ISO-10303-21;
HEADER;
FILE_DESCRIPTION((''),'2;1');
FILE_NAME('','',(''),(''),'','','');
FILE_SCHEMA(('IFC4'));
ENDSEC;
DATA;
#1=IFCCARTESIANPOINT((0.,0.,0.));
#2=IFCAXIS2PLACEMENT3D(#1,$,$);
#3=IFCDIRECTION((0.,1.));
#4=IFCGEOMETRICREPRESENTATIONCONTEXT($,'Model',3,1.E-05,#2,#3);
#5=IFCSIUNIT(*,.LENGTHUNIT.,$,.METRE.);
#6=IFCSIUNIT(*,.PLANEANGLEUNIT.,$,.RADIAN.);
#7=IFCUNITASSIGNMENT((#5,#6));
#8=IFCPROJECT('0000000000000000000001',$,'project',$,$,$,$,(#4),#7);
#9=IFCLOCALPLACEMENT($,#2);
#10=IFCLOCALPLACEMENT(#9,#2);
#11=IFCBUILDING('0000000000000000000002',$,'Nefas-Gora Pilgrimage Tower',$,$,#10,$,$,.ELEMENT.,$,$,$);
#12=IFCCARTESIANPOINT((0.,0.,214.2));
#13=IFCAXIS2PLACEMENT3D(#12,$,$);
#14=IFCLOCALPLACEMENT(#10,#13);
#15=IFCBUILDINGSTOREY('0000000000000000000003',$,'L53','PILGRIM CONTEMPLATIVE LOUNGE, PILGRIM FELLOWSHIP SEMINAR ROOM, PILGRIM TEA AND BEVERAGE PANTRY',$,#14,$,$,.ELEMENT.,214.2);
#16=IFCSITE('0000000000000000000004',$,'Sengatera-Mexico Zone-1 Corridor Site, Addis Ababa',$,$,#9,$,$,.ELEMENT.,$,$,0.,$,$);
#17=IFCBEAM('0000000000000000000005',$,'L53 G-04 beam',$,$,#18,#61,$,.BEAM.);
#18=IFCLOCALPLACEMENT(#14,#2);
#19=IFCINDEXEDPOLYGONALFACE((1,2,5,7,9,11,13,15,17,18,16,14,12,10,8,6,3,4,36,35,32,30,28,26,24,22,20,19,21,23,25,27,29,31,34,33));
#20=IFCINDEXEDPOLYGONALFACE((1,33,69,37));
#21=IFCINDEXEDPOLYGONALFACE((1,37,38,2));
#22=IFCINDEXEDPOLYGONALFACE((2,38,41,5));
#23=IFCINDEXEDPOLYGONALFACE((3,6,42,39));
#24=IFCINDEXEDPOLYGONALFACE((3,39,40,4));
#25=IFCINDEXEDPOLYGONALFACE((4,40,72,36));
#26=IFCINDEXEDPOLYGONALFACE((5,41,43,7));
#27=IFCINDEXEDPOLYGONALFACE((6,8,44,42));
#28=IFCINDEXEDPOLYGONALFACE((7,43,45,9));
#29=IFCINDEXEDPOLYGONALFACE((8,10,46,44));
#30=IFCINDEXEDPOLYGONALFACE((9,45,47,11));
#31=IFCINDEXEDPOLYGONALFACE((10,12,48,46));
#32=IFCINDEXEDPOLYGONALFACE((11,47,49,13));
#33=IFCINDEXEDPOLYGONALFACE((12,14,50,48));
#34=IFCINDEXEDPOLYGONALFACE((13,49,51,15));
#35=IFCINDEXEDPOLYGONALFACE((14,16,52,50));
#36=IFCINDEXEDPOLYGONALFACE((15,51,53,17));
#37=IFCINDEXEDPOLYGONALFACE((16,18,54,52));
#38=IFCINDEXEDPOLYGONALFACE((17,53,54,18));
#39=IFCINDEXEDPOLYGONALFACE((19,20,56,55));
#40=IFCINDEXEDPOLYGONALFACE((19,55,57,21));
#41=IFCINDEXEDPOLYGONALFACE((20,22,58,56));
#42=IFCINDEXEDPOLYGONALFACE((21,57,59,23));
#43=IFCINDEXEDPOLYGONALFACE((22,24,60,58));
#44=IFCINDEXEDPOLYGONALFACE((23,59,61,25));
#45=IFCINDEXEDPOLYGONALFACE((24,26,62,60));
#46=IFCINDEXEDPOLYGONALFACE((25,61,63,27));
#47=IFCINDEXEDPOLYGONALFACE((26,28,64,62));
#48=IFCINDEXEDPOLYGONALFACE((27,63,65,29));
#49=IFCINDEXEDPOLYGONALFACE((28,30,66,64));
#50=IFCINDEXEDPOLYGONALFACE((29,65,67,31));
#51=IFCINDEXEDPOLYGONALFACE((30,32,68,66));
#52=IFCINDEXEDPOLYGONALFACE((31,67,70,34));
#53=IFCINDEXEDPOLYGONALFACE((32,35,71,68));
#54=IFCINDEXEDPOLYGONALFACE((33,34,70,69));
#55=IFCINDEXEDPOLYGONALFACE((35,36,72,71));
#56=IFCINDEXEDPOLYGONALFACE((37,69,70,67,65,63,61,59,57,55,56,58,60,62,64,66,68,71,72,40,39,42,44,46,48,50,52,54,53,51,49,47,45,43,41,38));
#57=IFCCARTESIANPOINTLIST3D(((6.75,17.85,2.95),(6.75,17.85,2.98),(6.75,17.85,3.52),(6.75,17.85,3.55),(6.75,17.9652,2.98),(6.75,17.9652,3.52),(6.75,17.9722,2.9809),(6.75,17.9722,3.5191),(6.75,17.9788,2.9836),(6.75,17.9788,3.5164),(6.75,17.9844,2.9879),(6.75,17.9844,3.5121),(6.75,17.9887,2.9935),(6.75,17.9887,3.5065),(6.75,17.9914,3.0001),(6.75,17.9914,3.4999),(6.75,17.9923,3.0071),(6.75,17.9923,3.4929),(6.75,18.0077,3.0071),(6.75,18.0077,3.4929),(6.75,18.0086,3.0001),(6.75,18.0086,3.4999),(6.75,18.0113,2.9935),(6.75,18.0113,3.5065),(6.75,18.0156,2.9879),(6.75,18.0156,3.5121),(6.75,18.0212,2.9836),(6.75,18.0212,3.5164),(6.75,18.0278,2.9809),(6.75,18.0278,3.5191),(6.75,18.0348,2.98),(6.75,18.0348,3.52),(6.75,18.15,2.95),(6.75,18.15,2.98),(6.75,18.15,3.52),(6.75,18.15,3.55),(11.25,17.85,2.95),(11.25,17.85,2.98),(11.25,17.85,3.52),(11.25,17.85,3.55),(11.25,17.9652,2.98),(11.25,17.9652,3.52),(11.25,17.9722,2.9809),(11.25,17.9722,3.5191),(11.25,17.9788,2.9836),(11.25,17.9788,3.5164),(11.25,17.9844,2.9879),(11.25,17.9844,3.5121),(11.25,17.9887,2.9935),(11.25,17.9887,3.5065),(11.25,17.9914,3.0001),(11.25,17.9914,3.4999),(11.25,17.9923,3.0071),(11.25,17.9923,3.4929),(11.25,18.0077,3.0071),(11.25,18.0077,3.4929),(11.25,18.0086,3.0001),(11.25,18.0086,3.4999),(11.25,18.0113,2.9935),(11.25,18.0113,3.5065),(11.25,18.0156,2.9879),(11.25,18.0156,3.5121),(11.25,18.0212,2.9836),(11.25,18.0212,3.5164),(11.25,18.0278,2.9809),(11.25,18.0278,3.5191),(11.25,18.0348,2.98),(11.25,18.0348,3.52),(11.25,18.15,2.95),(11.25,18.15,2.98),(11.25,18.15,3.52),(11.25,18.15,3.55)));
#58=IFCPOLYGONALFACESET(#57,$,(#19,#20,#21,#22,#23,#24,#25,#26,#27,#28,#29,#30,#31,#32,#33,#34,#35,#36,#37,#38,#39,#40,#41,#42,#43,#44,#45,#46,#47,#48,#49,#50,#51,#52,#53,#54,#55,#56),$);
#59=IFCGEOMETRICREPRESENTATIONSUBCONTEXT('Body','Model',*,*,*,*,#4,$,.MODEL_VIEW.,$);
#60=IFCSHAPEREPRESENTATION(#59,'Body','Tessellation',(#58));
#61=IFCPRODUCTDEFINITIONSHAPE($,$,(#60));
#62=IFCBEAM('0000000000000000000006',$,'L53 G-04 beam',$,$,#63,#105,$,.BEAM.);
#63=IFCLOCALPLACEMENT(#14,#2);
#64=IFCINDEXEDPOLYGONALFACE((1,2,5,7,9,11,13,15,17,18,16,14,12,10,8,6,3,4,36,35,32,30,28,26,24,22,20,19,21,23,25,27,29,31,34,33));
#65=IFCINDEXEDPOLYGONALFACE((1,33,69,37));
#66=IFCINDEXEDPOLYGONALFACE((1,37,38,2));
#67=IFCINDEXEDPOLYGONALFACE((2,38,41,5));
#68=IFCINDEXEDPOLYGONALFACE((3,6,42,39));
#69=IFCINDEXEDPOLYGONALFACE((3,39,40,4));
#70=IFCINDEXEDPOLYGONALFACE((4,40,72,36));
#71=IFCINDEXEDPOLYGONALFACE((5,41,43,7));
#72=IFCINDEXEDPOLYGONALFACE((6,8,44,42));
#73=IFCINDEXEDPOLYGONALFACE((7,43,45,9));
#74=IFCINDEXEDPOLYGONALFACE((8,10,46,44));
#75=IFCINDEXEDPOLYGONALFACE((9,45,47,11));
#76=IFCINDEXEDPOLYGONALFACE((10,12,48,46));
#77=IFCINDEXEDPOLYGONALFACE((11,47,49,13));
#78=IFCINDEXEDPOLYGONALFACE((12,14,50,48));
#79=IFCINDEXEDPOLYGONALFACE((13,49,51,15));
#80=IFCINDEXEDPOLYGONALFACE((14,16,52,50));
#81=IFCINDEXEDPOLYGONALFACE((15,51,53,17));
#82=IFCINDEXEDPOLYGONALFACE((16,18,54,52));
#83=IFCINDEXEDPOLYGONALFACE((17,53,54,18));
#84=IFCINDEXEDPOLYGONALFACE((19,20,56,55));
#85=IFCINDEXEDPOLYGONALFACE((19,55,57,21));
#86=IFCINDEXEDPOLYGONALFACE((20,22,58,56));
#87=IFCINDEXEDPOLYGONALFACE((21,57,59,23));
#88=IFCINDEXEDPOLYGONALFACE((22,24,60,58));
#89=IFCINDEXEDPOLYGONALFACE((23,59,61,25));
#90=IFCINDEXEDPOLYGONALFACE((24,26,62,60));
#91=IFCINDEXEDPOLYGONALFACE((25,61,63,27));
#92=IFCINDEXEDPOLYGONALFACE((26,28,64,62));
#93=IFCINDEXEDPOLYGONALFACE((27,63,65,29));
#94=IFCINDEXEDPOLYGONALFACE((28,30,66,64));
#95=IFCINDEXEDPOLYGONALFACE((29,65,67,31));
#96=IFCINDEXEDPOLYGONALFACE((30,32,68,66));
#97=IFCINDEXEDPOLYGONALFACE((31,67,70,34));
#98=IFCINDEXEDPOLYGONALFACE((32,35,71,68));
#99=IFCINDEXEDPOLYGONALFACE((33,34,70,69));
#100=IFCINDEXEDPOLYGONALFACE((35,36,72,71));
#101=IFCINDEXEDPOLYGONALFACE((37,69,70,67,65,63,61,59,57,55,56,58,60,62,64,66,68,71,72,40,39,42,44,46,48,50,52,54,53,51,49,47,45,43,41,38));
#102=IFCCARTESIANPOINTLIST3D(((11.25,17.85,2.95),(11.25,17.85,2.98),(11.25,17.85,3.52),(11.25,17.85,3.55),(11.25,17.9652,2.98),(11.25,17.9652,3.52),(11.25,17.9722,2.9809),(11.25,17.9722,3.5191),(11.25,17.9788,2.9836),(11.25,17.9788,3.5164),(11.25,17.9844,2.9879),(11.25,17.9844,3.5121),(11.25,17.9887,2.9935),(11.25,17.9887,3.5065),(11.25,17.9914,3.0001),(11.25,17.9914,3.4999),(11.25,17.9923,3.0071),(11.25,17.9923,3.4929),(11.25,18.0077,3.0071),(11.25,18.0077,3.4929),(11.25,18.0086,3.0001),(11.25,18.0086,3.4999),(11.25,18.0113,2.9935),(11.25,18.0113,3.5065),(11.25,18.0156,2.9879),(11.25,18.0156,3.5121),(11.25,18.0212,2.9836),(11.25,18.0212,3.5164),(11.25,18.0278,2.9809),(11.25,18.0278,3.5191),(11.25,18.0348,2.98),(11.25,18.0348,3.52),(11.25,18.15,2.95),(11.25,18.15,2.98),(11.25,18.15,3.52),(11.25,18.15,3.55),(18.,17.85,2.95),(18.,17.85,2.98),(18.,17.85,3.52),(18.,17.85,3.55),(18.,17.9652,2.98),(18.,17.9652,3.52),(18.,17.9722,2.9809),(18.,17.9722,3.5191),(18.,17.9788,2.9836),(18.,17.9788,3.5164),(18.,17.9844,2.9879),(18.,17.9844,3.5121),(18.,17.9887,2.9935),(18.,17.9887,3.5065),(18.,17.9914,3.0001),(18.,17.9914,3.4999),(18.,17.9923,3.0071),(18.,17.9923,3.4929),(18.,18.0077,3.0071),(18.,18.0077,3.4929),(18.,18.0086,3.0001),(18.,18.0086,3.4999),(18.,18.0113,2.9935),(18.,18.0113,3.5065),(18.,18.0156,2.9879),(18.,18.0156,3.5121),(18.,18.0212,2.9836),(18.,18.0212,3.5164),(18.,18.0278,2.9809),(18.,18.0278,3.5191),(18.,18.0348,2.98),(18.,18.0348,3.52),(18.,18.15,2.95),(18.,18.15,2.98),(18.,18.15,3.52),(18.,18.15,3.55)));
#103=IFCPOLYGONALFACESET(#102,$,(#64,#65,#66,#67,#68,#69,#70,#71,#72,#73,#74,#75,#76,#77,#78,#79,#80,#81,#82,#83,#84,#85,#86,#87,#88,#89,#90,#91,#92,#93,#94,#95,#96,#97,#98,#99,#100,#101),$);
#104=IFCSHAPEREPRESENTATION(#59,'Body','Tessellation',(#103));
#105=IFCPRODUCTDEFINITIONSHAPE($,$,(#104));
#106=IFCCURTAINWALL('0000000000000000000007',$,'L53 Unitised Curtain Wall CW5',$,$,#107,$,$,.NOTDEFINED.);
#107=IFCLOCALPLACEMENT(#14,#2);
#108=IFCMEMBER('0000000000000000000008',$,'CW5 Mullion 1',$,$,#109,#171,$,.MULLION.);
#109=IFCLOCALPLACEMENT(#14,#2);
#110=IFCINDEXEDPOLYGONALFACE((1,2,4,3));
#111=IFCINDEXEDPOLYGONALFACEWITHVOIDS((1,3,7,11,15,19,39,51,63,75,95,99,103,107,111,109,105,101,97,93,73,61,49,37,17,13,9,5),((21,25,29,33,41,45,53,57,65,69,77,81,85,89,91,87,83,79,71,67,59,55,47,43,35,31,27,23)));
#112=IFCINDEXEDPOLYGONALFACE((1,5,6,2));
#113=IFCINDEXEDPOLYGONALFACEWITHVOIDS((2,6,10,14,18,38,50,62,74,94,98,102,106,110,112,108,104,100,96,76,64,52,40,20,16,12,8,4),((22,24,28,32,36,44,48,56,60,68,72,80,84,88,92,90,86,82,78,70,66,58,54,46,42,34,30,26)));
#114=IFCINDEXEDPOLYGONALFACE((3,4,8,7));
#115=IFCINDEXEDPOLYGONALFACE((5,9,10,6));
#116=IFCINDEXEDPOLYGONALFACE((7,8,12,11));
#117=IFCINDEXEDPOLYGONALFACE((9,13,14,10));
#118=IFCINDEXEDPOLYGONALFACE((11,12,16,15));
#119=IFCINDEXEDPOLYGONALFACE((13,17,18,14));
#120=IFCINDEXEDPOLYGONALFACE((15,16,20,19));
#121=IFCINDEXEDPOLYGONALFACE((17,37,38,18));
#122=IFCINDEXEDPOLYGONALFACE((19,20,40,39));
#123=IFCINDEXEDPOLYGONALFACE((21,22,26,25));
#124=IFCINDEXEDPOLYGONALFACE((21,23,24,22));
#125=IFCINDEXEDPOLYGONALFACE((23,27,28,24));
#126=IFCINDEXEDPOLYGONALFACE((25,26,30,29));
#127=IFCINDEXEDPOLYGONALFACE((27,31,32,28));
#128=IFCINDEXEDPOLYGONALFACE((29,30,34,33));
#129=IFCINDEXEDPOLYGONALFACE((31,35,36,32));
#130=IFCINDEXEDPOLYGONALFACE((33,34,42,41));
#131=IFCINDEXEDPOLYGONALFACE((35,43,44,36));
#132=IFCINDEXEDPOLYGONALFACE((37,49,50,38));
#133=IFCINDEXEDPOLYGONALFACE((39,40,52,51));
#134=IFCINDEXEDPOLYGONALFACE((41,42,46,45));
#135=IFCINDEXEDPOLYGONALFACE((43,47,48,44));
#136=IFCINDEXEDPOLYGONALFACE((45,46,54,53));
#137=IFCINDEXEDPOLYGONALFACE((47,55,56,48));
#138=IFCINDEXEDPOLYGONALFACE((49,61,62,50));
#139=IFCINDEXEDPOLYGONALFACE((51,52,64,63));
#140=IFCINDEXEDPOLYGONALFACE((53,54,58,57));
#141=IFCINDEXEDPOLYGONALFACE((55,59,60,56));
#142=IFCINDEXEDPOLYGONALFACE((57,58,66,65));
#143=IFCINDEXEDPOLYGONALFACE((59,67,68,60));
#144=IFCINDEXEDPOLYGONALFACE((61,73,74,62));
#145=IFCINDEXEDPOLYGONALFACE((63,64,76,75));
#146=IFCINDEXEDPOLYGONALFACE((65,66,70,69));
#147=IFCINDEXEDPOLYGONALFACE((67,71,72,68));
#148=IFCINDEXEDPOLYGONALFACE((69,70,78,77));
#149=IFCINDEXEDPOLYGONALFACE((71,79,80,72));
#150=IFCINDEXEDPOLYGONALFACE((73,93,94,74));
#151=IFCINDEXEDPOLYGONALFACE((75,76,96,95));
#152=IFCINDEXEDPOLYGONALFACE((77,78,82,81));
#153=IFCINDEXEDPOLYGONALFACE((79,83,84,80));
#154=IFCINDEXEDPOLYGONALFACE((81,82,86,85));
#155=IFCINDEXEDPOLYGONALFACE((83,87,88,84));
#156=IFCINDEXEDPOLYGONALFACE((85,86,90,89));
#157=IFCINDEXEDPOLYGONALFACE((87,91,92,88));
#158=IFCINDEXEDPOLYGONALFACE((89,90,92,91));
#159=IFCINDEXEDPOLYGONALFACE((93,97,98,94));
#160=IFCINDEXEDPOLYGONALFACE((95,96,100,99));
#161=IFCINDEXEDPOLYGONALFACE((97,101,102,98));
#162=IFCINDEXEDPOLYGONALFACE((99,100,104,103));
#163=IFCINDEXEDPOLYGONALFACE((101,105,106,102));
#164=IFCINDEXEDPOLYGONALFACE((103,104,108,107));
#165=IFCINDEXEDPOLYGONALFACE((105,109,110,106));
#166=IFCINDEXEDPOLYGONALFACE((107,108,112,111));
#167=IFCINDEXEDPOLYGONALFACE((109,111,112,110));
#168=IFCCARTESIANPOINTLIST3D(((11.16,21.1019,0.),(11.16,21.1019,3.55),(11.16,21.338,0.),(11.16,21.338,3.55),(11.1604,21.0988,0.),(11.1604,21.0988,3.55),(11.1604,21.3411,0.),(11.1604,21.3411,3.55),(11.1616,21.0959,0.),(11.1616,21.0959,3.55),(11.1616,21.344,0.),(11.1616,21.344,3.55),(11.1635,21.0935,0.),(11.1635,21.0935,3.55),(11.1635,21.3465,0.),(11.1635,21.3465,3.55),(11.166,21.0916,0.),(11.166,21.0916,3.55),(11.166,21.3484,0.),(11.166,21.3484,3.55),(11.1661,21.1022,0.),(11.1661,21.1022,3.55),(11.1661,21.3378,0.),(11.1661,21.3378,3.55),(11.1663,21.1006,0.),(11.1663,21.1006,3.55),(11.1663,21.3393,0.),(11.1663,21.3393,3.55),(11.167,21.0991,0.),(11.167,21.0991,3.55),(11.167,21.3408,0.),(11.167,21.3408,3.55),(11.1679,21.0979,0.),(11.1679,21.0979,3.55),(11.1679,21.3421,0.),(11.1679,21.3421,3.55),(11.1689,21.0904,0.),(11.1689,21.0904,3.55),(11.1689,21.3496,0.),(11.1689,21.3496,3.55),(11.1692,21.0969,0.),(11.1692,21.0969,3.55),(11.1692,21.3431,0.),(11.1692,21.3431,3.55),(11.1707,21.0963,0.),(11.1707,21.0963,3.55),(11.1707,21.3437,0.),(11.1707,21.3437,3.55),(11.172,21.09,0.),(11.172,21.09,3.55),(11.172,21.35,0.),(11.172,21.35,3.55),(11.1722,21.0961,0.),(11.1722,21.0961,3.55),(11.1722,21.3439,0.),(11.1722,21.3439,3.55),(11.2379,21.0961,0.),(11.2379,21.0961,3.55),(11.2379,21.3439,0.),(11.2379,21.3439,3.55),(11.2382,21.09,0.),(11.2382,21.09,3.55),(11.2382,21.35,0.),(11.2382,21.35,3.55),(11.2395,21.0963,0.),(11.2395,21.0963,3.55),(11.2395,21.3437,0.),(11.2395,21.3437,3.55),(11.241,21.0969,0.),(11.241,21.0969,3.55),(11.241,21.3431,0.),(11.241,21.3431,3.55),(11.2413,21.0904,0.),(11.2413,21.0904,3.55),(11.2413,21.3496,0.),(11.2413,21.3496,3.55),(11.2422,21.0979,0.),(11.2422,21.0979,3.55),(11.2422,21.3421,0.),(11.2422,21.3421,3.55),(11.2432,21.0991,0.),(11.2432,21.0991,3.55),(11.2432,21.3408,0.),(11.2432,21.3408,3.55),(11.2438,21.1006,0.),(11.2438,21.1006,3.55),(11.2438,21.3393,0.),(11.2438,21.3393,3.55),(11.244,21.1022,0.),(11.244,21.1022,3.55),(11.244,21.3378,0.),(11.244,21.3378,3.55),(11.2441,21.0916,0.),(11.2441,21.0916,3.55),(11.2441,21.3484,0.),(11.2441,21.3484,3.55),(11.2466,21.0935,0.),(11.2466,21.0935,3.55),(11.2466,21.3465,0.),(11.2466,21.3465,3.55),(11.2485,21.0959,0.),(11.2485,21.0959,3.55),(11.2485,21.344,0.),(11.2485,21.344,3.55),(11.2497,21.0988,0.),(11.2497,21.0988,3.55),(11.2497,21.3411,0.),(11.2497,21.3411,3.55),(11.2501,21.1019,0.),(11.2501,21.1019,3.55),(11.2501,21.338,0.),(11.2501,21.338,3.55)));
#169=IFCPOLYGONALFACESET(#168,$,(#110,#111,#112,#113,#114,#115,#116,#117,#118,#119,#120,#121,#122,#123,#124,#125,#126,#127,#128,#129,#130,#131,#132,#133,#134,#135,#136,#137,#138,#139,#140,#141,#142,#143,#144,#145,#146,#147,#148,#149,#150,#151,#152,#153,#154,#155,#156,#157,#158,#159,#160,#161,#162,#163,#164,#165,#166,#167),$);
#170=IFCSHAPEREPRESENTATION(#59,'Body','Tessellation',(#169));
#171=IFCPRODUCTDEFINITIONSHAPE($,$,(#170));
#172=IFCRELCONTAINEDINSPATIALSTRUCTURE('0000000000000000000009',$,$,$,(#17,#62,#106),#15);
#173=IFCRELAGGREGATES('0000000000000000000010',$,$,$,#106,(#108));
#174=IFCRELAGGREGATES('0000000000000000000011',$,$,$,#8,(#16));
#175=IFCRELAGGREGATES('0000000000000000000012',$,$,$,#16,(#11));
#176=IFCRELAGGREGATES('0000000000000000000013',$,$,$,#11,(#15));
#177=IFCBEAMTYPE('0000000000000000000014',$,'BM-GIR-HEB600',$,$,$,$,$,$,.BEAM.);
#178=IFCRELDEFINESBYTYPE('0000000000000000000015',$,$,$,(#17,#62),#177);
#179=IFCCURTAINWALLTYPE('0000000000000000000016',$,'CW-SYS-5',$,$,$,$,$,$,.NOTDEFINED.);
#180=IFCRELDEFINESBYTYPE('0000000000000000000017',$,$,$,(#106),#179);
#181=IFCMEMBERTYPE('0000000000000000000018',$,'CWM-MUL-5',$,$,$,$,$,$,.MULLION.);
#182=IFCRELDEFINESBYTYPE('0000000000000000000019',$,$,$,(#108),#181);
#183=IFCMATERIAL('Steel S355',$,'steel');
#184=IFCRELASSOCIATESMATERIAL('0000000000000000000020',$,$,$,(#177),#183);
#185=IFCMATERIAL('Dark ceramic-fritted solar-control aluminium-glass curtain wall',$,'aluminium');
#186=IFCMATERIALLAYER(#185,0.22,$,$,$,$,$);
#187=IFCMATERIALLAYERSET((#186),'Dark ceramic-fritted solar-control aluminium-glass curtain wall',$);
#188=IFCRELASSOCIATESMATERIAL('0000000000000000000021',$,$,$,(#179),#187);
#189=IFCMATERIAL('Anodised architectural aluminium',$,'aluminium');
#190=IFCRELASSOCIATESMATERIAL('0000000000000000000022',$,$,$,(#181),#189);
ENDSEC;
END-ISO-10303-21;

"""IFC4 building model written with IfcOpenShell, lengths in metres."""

from ifc_helpers import new_model, si_unit, direction, frame, origin, origin_2d, place, context, subcontext, project, spatial, hollow_rectangle, i_section, extrude, source, transform, mapped, material, layer, layer_set, material_profile, profile_set, type_object, element, aggregate, save


model = new_model("IFC4")

# Units and contexts
model_context = context("Model", 3, precision=1e-05, world=origin(), true_north=direction((0.0, 1.0)))
body_context = subcontext(model_context, "Body", "Model", "MODEL_VIEW")
ifc_project = project(units=[si_unit("LENGTHUNIT", "METRE"), si_unit("PLANEANGLEUNIT", "RADIAN")], contexts=[model_context])

# Site, building, storey
site_placement = place(None, origin())
site = spatial("IfcSite", under=ifc_project, at=site_placement, Name="Sengatera-Mexico Zone-1 Corridor Site, Addis Ababa", CompositionType="ELEMENT", RefElevation=0.0)
building_placement = place(site_placement, origin())
building = spatial("IfcBuilding", under=site, at=building_placement, Name="Nefas-Gora Pilgrimage Tower", CompositionType="ELEMENT")
storey_placement = place(building_placement, frame((0.0, 0.0, 214.2)))
storey = spatial("IfcBuildingStorey", under=building, at=storey_placement, Name="L53", Description="PILGRIM CONTEMPLATIVE LOUNGE, PILGRIM FELLOWSHIP SEMINAR ROOM, PILGRIM TEA AND BEVERAGE PANTRY", CompositionType="ELEMENT", Elevation=214.2)

# Beams
ifc_material_1 = material(Name="Steel S355", Category="steel")
ifc_material_profile_1 = material_profile(ifc_material_1, i_section(OverallWidth=0.3, OverallDepth=0.6001, WebThickness=0.0154, FlangeThickness=0.03, FilletRadius=0.0271, at=origin_2d()), Name="HEB 600")
ifc_profile_set_1 = profile_set([ifc_material_profile_1], Name="Steel S355")
beam_type = type_object("IfcBeamType", Name="BM-GIR-HEB600", PredefinedType="BEAM", material=ifc_profile_set_1)
shared_shape_1 = source(origin(), body_context, "Body", "SweptSolid", [
    extrude(i_section(OverallWidth=0.3, OverallDepth=0.6001, WebThickness=0.0154, FlangeThickness=0.03, FilletRadius=0.0271, at=origin_2d()), origin(), (0.0, 0.0, 1.0), 4.5),
])
for number, where, z_axis, x_axis, name in (
    (1, (6.75, 18.0, 3.25), (1.0, 0.0, 0.0), (0.0, 1.0, 0.0), "L53 G-04 beam"),
):
    element("IfcBeam", number, at=place(storey_placement, frame(where, z_axis=z_axis, x_axis=x_axis)), inside=storey, type_object=beam_type, Name=name, PredefinedType="BEAM", context=body_context, shape_type="MappedRepresentation", body=[
        mapped(shared_shape_1, transform((0.0, 0.0, 0.0), x_axis=(1.0, 0.0, 0.0), y_axis=(0.0, 1.0, 0.0), z_axis=(0.0, 0.0, 1.0), scale=1.0)),
    ])
shared_shape_2 = source(origin(), body_context, "Body", "SweptSolid", [
    extrude(i_section(OverallWidth=0.3, OverallDepth=0.6001, WebThickness=0.0154, FlangeThickness=0.03, FilletRadius=0.0271, at=origin_2d()), origin(), (0.0, 0.0, 1.0), 6.75),
])
beam_placement = place(storey_placement, frame((11.25, 18.0, 3.25), z_axis=(1.0, 0.0, 0.0), x_axis=(0.0, 1.0, 0.0)))
element("IfcBeam", 2, at=beam_placement, inside=storey, type_object=beam_type, Name="L53 G-04 beam", PredefinedType="BEAM", context=body_context, shape_type="MappedRepresentation", body=[
    mapped(shared_shape_2, transform((0.0, 0.0, 0.0), x_axis=(1.0, 0.0, 0.0), y_axis=(0.0, 1.0, 0.0), z_axis=(0.0, 0.0, 1.0), scale=1.0)),
])

# Curtain wall, member
ifc_material_2 = material(Name="Dark ceramic-fritted solar-control aluminium-glass curtain wall", Category="aluminium")
ifc_layer_1 = layer(ifc_material_2, 0.22)
ifc_layer_set_1 = layer_set([ifc_layer_1], Name="Dark ceramic-fritted solar-control aluminium-glass curtain wall")
curtain_wall_type_1 = type_object("IfcCurtainWallType", Name="CW-SYS-5", PredefinedType="NOTDEFINED", material=ifc_layer_set_1)
curtain_wall_1_placement = place(storey_placement, origin())
curtain_wall_1 = element("IfcCurtainWall", 3, at=curtain_wall_1_placement, inside=storey, type_object=curtain_wall_type_1, Name="L53 Unitised Curtain Wall CW5", PredefinedType="NOTDEFINED")
ifc_material_3 = material(Name="Anodised architectural aluminium", Category="aluminium")
ifc_material_profile_2 = material_profile(ifc_material_3, hollow_rectangle(XDim=0.0901, YDim=0.26, WallThickness=0.0061, InnerFilletRadius=0.0061, OuterFilletRadius=0.012, at=origin_2d()), Name="ALU MULLION 90x260")
ifc_profile_set_2 = profile_set([ifc_material_profile_2], Name="Anodised architectural aluminium")
member_type_1 = type_object("IfcMemberType", Name="CWM-MUL-5", PredefinedType="MULLION", material=ifc_profile_set_2)
shared_shape_3 = source(origin(), body_context, "Body", "SweptSolid", [
    extrude(hollow_rectangle(XDim=0.0901, YDim=0.26, WallThickness=0.0061, InnerFilletRadius=0.0061, OuterFilletRadius=0.012, at=origin_2d()), origin(), (0.0, 0.0, 1.0), 3.55),
])
member_1_placement = place(storey_placement, frame((11.2051, 21.22, 0.0), z_axis=(0.0, 0.0, 1.0), x_axis=(-1.0, 0.0, 0.0)))
member_1 = element("IfcMember", 4, at=member_1_placement, type_object=member_type_1, Name="CW5 Mullion 1", PredefinedType="MULLION", context=body_context, shape_type="MappedRepresentation", body=[
    mapped(shared_shape_3, transform((0.0, 0.0, 0.0), x_axis=(1.0, 0.0, 0.0), y_axis=(0.0, 1.0, 0.0), z_axis=(0.0, 0.0, 1.0), scale=1.0)),
])

aggregate(curtain_wall_1, [member_1])

save(model, "model.ifc")
